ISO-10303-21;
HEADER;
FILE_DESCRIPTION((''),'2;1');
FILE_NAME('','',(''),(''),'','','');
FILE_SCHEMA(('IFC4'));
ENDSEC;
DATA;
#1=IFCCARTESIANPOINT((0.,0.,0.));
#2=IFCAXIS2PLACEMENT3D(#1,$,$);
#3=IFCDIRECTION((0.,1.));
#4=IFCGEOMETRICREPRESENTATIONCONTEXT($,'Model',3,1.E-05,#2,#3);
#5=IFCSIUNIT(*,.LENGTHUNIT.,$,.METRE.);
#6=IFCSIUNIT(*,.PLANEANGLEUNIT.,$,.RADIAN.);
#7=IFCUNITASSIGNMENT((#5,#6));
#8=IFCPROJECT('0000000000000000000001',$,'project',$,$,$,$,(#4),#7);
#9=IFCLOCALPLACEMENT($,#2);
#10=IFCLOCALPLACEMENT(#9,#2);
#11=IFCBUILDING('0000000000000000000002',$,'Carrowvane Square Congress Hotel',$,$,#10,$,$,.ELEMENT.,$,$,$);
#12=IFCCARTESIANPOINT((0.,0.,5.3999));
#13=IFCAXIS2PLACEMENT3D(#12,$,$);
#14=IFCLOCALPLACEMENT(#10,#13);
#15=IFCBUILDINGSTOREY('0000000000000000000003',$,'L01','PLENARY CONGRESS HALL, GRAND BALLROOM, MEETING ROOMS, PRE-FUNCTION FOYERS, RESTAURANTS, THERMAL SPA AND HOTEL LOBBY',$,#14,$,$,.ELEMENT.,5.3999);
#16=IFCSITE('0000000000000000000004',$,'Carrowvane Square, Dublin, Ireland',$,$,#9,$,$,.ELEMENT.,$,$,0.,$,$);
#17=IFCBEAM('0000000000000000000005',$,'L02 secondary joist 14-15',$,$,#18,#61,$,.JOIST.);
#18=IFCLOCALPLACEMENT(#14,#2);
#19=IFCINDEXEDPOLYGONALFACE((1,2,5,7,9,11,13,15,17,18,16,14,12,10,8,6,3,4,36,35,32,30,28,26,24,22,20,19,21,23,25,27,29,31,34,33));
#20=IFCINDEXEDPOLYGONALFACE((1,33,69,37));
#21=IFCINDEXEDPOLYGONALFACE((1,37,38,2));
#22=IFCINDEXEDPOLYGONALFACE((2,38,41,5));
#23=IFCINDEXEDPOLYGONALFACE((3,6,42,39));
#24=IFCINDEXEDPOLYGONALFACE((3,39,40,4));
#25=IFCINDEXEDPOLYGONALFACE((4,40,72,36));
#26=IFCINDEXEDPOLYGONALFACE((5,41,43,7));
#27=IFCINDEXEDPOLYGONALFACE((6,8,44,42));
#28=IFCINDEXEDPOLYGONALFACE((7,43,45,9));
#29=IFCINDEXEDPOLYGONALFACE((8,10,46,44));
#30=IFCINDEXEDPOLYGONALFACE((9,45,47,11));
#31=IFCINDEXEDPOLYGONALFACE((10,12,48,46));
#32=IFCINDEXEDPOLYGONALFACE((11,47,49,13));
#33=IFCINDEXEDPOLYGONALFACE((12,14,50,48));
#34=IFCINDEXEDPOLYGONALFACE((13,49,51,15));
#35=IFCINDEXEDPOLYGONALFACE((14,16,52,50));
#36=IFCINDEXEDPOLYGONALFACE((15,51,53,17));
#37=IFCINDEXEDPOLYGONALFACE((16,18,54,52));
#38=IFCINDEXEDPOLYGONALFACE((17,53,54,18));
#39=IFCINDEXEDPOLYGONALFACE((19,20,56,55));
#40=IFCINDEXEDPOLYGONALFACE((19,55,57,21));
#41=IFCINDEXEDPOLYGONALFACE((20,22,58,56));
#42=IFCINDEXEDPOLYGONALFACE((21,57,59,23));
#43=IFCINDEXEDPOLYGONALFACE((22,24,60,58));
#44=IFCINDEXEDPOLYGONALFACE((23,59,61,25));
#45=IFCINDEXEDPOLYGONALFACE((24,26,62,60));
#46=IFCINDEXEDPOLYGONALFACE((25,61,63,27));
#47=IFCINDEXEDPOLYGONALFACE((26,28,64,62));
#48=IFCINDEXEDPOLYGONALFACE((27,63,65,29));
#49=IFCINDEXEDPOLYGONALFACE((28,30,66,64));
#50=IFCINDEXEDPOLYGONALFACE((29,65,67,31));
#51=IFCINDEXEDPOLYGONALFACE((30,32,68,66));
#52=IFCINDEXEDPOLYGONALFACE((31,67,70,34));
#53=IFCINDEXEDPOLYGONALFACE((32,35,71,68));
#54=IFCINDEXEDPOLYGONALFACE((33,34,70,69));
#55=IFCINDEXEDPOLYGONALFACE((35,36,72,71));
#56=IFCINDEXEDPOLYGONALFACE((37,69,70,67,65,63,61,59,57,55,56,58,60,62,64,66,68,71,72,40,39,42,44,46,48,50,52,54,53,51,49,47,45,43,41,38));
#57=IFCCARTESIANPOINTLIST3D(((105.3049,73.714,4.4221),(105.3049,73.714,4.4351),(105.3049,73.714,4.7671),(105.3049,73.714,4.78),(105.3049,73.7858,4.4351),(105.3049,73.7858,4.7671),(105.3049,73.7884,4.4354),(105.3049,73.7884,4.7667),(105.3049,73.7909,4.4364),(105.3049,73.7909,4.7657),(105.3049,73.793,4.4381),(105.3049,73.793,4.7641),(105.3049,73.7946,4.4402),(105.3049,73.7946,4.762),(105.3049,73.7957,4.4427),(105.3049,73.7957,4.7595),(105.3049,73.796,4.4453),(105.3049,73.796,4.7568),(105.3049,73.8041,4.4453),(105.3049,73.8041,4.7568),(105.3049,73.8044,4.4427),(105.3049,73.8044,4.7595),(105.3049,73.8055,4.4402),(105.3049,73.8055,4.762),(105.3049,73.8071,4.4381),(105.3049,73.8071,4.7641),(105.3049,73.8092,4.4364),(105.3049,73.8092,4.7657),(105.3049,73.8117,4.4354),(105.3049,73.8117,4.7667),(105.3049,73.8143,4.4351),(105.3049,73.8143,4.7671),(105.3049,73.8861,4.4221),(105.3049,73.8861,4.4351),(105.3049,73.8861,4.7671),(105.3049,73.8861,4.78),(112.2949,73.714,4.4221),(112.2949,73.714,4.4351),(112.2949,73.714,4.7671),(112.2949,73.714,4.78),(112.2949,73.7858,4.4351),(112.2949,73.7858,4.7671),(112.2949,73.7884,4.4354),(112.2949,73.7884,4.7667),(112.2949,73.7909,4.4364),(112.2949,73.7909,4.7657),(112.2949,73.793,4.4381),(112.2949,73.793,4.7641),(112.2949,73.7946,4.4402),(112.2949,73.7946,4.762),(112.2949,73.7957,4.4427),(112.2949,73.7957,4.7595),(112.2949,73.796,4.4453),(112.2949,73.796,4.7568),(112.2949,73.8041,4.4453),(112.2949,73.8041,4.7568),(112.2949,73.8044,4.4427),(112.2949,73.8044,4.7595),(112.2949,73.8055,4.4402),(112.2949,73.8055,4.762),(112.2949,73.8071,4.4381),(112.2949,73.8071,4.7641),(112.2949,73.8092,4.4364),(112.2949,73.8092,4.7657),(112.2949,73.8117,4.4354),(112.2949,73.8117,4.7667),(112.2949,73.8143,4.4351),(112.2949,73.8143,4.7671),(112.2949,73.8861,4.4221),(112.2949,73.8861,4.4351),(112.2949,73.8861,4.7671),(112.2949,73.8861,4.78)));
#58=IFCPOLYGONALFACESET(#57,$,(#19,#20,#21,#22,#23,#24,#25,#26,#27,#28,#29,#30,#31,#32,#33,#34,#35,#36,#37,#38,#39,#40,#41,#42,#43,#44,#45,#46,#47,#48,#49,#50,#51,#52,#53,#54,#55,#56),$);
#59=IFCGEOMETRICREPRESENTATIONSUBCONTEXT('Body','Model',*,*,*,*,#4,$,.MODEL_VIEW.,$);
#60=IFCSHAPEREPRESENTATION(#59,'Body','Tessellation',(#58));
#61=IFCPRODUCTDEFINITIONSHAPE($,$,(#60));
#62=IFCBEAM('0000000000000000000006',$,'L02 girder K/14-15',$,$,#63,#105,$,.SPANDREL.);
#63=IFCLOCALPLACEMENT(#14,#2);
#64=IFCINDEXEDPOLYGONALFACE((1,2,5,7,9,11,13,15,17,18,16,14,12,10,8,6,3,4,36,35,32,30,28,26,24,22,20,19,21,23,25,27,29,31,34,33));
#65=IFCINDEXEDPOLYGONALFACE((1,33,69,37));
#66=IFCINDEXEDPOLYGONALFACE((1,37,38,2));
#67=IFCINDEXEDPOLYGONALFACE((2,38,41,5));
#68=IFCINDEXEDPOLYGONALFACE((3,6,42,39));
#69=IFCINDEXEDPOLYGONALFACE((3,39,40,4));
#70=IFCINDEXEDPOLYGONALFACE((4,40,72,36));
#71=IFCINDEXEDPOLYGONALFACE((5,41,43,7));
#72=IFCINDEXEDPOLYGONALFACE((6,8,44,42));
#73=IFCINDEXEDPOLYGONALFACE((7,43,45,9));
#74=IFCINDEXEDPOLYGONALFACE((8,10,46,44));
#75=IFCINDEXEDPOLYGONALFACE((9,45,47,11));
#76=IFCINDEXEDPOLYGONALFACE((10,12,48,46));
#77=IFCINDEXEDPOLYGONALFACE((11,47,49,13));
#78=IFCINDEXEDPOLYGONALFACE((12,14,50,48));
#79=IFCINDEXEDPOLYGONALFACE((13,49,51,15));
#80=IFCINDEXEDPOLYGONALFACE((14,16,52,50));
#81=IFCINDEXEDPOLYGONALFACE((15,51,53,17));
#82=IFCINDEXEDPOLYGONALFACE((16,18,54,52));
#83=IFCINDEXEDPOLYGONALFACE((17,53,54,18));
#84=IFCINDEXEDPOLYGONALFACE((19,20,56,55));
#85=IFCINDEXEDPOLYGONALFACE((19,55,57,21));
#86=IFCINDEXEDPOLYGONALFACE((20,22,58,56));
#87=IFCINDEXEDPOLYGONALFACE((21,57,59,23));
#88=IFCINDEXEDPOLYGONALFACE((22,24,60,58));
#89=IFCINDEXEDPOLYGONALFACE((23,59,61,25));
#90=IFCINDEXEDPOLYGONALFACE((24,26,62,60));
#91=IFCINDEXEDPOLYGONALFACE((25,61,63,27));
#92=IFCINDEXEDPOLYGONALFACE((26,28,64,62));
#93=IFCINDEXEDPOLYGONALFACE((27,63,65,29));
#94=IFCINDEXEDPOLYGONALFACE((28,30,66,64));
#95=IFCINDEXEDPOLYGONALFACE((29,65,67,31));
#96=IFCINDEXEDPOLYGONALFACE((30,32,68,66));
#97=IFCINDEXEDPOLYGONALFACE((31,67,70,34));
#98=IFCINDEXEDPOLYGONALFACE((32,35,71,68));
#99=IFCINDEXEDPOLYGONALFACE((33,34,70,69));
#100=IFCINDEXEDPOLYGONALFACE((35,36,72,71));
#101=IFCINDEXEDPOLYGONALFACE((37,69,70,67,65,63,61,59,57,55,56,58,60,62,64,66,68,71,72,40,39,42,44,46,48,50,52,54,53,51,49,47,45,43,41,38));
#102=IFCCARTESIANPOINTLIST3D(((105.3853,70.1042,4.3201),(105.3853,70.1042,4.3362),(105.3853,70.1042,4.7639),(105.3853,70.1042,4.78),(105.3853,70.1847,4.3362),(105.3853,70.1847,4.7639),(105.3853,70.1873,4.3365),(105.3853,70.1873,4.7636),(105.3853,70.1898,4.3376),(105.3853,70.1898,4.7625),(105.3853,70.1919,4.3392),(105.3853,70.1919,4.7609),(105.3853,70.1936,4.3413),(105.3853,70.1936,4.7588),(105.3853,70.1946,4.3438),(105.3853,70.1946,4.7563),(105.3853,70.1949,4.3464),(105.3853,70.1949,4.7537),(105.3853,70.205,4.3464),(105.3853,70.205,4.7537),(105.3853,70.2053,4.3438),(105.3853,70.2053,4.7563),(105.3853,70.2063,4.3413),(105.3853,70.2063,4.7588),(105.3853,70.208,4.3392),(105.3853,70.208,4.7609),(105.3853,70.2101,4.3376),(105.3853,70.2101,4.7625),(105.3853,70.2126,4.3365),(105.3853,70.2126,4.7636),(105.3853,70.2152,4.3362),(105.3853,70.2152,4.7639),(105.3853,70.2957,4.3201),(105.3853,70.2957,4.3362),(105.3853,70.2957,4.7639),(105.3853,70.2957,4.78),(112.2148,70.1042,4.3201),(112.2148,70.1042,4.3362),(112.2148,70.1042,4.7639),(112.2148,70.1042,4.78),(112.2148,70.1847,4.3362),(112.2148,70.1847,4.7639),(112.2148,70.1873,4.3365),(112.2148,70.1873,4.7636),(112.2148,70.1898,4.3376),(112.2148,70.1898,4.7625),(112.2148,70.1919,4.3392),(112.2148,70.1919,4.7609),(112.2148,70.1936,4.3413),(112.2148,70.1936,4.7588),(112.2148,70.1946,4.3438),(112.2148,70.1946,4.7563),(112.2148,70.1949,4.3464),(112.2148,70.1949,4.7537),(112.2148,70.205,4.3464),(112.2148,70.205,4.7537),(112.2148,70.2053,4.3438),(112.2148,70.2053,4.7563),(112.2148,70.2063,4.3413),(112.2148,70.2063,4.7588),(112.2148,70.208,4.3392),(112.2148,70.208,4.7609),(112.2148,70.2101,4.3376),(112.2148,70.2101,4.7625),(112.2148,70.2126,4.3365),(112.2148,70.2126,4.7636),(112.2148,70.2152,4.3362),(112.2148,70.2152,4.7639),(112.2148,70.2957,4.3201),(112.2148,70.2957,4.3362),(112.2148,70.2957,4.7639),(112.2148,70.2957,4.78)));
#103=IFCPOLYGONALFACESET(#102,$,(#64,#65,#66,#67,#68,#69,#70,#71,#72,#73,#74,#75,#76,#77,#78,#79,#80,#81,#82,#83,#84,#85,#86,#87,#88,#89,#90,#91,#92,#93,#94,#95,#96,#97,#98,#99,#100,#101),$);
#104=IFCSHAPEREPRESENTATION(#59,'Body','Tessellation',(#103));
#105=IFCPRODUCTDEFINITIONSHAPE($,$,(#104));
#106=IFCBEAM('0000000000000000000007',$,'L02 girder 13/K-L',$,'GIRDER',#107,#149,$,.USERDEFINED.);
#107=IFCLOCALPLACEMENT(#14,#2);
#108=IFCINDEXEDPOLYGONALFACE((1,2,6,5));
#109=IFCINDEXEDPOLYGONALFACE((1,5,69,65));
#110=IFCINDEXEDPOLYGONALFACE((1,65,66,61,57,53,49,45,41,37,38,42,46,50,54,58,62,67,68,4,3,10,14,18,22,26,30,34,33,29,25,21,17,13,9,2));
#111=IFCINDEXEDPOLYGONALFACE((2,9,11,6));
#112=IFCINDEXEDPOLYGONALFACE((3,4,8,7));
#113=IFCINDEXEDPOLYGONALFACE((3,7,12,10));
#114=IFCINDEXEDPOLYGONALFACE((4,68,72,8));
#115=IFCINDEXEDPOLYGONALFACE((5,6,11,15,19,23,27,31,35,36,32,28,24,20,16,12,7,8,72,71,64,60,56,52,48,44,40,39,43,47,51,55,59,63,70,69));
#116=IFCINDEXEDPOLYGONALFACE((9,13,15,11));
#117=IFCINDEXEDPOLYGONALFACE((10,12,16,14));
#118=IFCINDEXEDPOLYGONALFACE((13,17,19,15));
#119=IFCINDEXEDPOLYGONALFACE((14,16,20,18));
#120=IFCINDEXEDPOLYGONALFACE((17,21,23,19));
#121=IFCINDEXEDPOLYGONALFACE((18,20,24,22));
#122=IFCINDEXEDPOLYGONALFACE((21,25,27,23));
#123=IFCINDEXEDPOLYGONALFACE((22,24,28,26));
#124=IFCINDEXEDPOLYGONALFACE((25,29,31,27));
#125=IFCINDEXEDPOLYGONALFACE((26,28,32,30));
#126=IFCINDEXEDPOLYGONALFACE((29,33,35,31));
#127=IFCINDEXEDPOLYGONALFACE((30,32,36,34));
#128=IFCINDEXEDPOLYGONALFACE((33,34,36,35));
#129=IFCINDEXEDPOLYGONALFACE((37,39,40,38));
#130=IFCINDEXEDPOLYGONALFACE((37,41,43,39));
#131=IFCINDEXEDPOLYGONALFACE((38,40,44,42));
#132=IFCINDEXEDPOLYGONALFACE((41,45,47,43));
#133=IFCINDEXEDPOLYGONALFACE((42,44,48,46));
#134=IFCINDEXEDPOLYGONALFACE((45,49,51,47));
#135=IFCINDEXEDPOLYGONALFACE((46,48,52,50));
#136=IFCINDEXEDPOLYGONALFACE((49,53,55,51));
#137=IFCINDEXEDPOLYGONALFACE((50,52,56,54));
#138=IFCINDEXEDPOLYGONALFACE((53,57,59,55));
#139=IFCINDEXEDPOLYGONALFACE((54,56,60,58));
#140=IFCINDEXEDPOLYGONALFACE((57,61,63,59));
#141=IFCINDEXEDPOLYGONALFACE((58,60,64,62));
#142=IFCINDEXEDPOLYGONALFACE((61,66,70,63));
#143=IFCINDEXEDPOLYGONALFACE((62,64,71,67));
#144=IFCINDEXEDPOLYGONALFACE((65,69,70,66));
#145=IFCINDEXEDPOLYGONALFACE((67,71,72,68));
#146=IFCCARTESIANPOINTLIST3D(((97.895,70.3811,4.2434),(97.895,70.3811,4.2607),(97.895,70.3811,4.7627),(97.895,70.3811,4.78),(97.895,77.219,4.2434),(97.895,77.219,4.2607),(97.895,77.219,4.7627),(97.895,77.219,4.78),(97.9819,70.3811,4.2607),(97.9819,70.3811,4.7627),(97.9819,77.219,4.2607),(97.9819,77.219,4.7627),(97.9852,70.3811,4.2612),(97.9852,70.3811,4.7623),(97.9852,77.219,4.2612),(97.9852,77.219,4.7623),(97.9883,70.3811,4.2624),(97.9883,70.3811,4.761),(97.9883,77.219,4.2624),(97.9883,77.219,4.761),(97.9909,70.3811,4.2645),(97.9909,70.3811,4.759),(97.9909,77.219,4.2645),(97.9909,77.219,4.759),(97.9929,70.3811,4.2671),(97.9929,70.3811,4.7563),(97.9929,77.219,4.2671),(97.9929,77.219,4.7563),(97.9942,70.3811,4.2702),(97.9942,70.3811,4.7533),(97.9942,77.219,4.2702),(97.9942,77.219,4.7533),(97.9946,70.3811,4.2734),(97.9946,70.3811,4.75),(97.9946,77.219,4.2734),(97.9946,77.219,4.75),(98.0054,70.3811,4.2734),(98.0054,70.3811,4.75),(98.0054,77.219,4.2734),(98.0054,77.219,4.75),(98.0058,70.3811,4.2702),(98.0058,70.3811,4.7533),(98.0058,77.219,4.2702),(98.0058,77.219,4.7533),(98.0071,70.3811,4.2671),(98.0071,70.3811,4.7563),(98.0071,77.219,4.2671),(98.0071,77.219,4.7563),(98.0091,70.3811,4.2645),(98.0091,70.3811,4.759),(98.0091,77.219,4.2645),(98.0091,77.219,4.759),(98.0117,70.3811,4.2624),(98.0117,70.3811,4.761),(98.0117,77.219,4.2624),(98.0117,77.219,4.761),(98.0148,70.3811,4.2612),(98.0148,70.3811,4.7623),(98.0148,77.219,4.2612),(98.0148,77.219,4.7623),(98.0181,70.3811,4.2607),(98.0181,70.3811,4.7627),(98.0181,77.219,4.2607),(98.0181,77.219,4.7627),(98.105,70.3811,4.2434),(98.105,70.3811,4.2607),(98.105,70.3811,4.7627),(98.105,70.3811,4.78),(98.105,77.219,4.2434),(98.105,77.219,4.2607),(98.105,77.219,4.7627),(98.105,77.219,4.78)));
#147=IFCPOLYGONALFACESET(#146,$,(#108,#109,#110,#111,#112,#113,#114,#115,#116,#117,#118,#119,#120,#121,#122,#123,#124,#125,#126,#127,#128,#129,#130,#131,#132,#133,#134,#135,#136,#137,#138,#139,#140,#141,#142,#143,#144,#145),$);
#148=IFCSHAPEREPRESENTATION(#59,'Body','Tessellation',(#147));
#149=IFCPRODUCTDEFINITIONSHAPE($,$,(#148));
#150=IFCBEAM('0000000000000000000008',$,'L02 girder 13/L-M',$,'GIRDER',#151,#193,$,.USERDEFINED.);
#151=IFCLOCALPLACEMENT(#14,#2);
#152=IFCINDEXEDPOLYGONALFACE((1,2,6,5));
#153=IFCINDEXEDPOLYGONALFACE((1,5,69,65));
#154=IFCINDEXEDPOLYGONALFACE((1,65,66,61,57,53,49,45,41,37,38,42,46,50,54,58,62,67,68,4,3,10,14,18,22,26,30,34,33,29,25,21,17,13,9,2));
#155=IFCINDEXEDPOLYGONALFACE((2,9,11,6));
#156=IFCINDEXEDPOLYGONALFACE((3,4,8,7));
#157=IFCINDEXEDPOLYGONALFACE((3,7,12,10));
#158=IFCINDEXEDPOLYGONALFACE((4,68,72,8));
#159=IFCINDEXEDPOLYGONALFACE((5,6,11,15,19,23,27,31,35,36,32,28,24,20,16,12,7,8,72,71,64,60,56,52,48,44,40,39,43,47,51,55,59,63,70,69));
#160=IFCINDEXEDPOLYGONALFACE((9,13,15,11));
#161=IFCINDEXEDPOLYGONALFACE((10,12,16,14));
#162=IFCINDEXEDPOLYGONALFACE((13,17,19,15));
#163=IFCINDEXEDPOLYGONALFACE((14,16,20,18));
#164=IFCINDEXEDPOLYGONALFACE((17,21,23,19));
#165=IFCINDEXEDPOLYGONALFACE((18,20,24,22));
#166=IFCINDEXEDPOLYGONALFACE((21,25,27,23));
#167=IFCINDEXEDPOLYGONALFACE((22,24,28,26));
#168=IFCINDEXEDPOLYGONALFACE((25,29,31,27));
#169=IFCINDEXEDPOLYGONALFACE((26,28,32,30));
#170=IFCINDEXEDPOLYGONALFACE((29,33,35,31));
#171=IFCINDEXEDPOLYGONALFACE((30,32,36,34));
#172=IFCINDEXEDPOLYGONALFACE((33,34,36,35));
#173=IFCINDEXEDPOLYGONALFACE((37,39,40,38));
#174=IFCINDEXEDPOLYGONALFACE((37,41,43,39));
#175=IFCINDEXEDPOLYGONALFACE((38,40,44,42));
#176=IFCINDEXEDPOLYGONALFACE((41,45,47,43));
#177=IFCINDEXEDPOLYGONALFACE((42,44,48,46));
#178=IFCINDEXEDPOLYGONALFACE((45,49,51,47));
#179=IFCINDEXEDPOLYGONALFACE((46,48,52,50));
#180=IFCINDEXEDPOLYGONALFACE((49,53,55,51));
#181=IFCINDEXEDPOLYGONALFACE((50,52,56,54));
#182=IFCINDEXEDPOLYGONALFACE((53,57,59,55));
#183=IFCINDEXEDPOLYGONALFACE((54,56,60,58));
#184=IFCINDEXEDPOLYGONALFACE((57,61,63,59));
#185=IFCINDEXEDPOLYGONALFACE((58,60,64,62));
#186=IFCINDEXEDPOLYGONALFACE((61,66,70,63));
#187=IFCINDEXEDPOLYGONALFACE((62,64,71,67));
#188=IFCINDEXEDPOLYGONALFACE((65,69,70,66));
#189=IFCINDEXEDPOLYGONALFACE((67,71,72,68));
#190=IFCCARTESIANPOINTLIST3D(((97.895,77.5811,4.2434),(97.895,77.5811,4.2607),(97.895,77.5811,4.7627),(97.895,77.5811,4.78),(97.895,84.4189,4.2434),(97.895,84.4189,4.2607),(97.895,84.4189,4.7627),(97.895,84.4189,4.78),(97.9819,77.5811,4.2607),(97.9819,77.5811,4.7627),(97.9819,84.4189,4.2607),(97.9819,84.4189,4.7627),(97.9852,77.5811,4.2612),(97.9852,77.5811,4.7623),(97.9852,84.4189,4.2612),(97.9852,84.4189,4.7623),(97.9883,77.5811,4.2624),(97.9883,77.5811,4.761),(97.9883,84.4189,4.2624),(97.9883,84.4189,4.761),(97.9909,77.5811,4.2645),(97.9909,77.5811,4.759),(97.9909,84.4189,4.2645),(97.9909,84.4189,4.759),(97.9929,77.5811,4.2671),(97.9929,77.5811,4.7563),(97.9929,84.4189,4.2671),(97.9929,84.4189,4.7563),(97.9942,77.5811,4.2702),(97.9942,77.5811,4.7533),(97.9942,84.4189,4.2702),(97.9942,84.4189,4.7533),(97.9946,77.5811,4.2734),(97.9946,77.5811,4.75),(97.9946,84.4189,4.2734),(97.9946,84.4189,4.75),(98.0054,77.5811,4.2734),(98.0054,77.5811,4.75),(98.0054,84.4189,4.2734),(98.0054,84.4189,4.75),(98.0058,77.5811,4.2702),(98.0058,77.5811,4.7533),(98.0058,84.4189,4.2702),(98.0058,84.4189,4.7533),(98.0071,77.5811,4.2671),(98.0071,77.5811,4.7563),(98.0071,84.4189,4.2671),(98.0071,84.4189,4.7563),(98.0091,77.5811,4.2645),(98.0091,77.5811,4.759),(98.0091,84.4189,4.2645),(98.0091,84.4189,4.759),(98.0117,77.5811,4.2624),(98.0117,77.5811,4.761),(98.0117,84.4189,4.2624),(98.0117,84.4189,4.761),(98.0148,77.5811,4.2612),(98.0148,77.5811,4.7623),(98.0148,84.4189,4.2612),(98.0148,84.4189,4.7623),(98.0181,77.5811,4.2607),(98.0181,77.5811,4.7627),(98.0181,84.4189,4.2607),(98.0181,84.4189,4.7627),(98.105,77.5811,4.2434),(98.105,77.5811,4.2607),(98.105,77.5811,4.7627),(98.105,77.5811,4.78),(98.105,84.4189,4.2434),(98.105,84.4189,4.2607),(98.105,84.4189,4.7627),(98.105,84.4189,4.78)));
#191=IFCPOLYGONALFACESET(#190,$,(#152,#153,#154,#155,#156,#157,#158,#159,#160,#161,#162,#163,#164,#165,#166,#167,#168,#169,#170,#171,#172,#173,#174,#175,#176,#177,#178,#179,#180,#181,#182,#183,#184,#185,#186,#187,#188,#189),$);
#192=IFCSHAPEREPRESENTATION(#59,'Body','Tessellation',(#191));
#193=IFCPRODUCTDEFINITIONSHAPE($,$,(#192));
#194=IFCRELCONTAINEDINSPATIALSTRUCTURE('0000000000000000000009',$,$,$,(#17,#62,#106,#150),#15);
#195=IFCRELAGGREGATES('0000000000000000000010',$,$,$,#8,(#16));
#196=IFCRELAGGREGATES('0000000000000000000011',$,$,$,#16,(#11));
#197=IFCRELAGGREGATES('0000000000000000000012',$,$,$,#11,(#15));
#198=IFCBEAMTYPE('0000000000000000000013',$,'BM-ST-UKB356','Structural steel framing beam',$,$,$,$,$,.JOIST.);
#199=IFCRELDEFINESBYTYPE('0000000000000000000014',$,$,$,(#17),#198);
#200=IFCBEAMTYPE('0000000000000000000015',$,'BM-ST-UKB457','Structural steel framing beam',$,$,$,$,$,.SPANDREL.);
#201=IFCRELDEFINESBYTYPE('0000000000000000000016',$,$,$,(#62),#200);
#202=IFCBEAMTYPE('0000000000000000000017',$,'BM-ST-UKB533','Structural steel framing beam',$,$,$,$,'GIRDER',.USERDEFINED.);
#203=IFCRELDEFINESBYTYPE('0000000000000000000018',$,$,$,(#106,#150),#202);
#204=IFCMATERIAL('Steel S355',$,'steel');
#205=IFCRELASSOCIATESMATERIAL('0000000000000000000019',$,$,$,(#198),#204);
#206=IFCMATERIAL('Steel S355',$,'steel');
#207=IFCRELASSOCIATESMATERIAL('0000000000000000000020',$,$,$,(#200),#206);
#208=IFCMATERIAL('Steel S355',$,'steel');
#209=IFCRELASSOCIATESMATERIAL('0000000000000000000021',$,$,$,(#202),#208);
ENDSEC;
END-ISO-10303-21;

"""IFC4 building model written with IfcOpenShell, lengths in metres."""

from ifc_helpers import new_model, si_unit, direction, frame, origin, origin_2d, place, context, subcontext, project, spatial, i_section, extrude, material, material_profile, profile_set, type_object, element, save


model = new_model("IFC4")

# Units and contexts
model_context = context("Model", 3, precision=1e-05, world=origin(), true_north=direction((0.0, 1.0)))
body_context = subcontext(model_context, "Body", "Model", "MODEL_VIEW")
ifc_project = project(units=[si_unit("LENGTHUNIT", "METRE"), si_unit("PLANEANGLEUNIT", "RADIAN")], contexts=[model_context])

# Site, building, storey
site_placement = place(None, origin())
site = spatial("IfcSite", under=ifc_project, at=site_placement, Name="Carrowvane Square, Dublin, Ireland", CompositionType="ELEMENT", RefElevation=0.0)
building_placement = place(site_placement, origin())
building = spatial("IfcBuilding", under=site, at=building_placement, Name="Carrowvane Square Congress Hotel", CompositionType="ELEMENT")
storey_placement = place(building_placement, frame((0.0, 0.0, 5.3999)))
storey = spatial("IfcBuildingStorey", under=building, at=storey_placement, Name="L01", Description="PLENARY CONGRESS HALL, GRAND BALLROOM, MEETING ROOMS, PRE-FUNCTION FOYERS, RESTAURANTS, THERMAL SPA AND HOTEL LOBBY", CompositionType="ELEMENT", Elevation=5.3999)

# Beams
ifc_material_1 = material(Name="Steel S355", Category="steel")
ifc_material_profile_1 = material_profile(ifc_material_1, i_section(OverallWidth=0.1721, OverallDepth=0.3579, WebThickness=0.0081, FlangeThickness=0.0129, FilletRadius=0.0103, at=origin_2d()), Name="UKB 356x171x57")
ifc_profile_set_1 = profile_set([ifc_material_profile_1], Name="Steel S355")
beam_type_1 = type_object("IfcBeamType", Name="BM-ST-UKB356", Description="Structural steel framing beam", PredefinedType="JOIST", material=ifc_profile_set_1)
for number, where, z_axis, x_axis, name in (
    (1, (105.3049, 73.8, 4.6011), (1.0, 0.0, 0.0), (0.0, 1.0, 0.0), "L02 secondary joist 14-15"),
):
    element("IfcBeam", number, at=place(storey_placement, frame(where, z_axis=z_axis, x_axis=x_axis)), inside=storey, type_object=beam_type_1, Name=name, PredefinedType="JOIST", context=body_context, shape_type="SweptSolid", body=[
        extrude(i_section(OverallWidth=0.1721, OverallDepth=0.3579, WebThickness=0.0081, FlangeThickness=0.0129, FilletRadius=0.0103, at=origin_2d()), origin(), (0.0, 0.0, 1.0), 6.99),
    ])
ifc_material_2 = material(Name="Steel S355", Category="steel")
ifc_material_profile_2 = material_profile(ifc_material_2, i_section(OverallWidth=0.1914, OverallDepth=0.46, WebThickness=0.01, FlangeThickness=0.0161, FilletRadius=0.0103, at=origin_2d()), Name="UKB 457x191x82")
ifc_profile_set_2 = profile_set([ifc_material_profile_2], Name="Steel S355")
beam_type_2 = type_object("IfcBeamType", Name="BM-ST-UKB457", Description="Structural steel framing beam", PredefinedType="SPANDREL", material=ifc_profile_set_2)
beam_placement = place(storey_placement, frame((105.3853, 70.2, 4.55), z_axis=(1.0, 0.0, 0.0), x_axis=(0.0, 1.0, 0.0)))
element("IfcBeam", 2, at=beam_placement, inside=storey, type_object=beam_type_2, Name="L02 girder K/14-15", PredefinedType="SPANDREL", context=body_context, shape_type="SweptSolid", body=[
    extrude(i_section(OverallWidth=0.1914, OverallDepth=0.46, WebThickness=0.01, FlangeThickness=0.0161, FilletRadius=0.0103, at=origin_2d()), origin(), (0.0, 0.0, 1.0), 6.8296),
])
ifc_material_3 = material(Name="Steel S355", Category="steel")
ifc_material_profile_3 = material_profile(ifc_material_3, i_section(OverallWidth=0.21, OverallDepth=0.5366, WebThickness=0.0107, FlangeThickness=0.0173, FilletRadius=0.0127, at=origin_2d()), Name="UKB 533x210x101")
ifc_profile_set_3 = profile_set([ifc_material_profile_3], Name="Steel S355")
beam_type_3 = type_object("IfcBeamType", Name="BM-ST-UKB533", Description="Structural steel framing beam", ElementType="GIRDER", PredefinedType="USERDEFINED", material=ifc_profile_set_3)
for number, where, z_axis, x_axis, name in (
    (3, (98.0, 70.3811, 4.5117), (0.0, 1.0, 0.0), (-1.0, 0.0, 0.0), "L02 girder 13/K-L"),
    (4, (98.0, 77.5811, 4.5117), (0.0, 1.0, 0.0), (-1.0, 0.0, 0.0), "L02 girder 13/L-M"),
):
    element("IfcBeam", number, at=place(storey_placement, frame(where, z_axis=z_axis, x_axis=x_axis)), inside=storey, type_object=beam_type_3, Name=name, ObjectType="GIRDER", PredefinedType="USERDEFINED", context=body_context, shape_type="SweptSolid", body=[
        extrude(i_section(OverallWidth=0.21, OverallDepth=0.5366, WebThickness=0.0107, FlangeThickness=0.0173, FilletRadius=0.0127, at=origin_2d()), origin(), (0.0, 0.0, 1.0), 6.8379),
    ])

save(model, "model.ifc")
